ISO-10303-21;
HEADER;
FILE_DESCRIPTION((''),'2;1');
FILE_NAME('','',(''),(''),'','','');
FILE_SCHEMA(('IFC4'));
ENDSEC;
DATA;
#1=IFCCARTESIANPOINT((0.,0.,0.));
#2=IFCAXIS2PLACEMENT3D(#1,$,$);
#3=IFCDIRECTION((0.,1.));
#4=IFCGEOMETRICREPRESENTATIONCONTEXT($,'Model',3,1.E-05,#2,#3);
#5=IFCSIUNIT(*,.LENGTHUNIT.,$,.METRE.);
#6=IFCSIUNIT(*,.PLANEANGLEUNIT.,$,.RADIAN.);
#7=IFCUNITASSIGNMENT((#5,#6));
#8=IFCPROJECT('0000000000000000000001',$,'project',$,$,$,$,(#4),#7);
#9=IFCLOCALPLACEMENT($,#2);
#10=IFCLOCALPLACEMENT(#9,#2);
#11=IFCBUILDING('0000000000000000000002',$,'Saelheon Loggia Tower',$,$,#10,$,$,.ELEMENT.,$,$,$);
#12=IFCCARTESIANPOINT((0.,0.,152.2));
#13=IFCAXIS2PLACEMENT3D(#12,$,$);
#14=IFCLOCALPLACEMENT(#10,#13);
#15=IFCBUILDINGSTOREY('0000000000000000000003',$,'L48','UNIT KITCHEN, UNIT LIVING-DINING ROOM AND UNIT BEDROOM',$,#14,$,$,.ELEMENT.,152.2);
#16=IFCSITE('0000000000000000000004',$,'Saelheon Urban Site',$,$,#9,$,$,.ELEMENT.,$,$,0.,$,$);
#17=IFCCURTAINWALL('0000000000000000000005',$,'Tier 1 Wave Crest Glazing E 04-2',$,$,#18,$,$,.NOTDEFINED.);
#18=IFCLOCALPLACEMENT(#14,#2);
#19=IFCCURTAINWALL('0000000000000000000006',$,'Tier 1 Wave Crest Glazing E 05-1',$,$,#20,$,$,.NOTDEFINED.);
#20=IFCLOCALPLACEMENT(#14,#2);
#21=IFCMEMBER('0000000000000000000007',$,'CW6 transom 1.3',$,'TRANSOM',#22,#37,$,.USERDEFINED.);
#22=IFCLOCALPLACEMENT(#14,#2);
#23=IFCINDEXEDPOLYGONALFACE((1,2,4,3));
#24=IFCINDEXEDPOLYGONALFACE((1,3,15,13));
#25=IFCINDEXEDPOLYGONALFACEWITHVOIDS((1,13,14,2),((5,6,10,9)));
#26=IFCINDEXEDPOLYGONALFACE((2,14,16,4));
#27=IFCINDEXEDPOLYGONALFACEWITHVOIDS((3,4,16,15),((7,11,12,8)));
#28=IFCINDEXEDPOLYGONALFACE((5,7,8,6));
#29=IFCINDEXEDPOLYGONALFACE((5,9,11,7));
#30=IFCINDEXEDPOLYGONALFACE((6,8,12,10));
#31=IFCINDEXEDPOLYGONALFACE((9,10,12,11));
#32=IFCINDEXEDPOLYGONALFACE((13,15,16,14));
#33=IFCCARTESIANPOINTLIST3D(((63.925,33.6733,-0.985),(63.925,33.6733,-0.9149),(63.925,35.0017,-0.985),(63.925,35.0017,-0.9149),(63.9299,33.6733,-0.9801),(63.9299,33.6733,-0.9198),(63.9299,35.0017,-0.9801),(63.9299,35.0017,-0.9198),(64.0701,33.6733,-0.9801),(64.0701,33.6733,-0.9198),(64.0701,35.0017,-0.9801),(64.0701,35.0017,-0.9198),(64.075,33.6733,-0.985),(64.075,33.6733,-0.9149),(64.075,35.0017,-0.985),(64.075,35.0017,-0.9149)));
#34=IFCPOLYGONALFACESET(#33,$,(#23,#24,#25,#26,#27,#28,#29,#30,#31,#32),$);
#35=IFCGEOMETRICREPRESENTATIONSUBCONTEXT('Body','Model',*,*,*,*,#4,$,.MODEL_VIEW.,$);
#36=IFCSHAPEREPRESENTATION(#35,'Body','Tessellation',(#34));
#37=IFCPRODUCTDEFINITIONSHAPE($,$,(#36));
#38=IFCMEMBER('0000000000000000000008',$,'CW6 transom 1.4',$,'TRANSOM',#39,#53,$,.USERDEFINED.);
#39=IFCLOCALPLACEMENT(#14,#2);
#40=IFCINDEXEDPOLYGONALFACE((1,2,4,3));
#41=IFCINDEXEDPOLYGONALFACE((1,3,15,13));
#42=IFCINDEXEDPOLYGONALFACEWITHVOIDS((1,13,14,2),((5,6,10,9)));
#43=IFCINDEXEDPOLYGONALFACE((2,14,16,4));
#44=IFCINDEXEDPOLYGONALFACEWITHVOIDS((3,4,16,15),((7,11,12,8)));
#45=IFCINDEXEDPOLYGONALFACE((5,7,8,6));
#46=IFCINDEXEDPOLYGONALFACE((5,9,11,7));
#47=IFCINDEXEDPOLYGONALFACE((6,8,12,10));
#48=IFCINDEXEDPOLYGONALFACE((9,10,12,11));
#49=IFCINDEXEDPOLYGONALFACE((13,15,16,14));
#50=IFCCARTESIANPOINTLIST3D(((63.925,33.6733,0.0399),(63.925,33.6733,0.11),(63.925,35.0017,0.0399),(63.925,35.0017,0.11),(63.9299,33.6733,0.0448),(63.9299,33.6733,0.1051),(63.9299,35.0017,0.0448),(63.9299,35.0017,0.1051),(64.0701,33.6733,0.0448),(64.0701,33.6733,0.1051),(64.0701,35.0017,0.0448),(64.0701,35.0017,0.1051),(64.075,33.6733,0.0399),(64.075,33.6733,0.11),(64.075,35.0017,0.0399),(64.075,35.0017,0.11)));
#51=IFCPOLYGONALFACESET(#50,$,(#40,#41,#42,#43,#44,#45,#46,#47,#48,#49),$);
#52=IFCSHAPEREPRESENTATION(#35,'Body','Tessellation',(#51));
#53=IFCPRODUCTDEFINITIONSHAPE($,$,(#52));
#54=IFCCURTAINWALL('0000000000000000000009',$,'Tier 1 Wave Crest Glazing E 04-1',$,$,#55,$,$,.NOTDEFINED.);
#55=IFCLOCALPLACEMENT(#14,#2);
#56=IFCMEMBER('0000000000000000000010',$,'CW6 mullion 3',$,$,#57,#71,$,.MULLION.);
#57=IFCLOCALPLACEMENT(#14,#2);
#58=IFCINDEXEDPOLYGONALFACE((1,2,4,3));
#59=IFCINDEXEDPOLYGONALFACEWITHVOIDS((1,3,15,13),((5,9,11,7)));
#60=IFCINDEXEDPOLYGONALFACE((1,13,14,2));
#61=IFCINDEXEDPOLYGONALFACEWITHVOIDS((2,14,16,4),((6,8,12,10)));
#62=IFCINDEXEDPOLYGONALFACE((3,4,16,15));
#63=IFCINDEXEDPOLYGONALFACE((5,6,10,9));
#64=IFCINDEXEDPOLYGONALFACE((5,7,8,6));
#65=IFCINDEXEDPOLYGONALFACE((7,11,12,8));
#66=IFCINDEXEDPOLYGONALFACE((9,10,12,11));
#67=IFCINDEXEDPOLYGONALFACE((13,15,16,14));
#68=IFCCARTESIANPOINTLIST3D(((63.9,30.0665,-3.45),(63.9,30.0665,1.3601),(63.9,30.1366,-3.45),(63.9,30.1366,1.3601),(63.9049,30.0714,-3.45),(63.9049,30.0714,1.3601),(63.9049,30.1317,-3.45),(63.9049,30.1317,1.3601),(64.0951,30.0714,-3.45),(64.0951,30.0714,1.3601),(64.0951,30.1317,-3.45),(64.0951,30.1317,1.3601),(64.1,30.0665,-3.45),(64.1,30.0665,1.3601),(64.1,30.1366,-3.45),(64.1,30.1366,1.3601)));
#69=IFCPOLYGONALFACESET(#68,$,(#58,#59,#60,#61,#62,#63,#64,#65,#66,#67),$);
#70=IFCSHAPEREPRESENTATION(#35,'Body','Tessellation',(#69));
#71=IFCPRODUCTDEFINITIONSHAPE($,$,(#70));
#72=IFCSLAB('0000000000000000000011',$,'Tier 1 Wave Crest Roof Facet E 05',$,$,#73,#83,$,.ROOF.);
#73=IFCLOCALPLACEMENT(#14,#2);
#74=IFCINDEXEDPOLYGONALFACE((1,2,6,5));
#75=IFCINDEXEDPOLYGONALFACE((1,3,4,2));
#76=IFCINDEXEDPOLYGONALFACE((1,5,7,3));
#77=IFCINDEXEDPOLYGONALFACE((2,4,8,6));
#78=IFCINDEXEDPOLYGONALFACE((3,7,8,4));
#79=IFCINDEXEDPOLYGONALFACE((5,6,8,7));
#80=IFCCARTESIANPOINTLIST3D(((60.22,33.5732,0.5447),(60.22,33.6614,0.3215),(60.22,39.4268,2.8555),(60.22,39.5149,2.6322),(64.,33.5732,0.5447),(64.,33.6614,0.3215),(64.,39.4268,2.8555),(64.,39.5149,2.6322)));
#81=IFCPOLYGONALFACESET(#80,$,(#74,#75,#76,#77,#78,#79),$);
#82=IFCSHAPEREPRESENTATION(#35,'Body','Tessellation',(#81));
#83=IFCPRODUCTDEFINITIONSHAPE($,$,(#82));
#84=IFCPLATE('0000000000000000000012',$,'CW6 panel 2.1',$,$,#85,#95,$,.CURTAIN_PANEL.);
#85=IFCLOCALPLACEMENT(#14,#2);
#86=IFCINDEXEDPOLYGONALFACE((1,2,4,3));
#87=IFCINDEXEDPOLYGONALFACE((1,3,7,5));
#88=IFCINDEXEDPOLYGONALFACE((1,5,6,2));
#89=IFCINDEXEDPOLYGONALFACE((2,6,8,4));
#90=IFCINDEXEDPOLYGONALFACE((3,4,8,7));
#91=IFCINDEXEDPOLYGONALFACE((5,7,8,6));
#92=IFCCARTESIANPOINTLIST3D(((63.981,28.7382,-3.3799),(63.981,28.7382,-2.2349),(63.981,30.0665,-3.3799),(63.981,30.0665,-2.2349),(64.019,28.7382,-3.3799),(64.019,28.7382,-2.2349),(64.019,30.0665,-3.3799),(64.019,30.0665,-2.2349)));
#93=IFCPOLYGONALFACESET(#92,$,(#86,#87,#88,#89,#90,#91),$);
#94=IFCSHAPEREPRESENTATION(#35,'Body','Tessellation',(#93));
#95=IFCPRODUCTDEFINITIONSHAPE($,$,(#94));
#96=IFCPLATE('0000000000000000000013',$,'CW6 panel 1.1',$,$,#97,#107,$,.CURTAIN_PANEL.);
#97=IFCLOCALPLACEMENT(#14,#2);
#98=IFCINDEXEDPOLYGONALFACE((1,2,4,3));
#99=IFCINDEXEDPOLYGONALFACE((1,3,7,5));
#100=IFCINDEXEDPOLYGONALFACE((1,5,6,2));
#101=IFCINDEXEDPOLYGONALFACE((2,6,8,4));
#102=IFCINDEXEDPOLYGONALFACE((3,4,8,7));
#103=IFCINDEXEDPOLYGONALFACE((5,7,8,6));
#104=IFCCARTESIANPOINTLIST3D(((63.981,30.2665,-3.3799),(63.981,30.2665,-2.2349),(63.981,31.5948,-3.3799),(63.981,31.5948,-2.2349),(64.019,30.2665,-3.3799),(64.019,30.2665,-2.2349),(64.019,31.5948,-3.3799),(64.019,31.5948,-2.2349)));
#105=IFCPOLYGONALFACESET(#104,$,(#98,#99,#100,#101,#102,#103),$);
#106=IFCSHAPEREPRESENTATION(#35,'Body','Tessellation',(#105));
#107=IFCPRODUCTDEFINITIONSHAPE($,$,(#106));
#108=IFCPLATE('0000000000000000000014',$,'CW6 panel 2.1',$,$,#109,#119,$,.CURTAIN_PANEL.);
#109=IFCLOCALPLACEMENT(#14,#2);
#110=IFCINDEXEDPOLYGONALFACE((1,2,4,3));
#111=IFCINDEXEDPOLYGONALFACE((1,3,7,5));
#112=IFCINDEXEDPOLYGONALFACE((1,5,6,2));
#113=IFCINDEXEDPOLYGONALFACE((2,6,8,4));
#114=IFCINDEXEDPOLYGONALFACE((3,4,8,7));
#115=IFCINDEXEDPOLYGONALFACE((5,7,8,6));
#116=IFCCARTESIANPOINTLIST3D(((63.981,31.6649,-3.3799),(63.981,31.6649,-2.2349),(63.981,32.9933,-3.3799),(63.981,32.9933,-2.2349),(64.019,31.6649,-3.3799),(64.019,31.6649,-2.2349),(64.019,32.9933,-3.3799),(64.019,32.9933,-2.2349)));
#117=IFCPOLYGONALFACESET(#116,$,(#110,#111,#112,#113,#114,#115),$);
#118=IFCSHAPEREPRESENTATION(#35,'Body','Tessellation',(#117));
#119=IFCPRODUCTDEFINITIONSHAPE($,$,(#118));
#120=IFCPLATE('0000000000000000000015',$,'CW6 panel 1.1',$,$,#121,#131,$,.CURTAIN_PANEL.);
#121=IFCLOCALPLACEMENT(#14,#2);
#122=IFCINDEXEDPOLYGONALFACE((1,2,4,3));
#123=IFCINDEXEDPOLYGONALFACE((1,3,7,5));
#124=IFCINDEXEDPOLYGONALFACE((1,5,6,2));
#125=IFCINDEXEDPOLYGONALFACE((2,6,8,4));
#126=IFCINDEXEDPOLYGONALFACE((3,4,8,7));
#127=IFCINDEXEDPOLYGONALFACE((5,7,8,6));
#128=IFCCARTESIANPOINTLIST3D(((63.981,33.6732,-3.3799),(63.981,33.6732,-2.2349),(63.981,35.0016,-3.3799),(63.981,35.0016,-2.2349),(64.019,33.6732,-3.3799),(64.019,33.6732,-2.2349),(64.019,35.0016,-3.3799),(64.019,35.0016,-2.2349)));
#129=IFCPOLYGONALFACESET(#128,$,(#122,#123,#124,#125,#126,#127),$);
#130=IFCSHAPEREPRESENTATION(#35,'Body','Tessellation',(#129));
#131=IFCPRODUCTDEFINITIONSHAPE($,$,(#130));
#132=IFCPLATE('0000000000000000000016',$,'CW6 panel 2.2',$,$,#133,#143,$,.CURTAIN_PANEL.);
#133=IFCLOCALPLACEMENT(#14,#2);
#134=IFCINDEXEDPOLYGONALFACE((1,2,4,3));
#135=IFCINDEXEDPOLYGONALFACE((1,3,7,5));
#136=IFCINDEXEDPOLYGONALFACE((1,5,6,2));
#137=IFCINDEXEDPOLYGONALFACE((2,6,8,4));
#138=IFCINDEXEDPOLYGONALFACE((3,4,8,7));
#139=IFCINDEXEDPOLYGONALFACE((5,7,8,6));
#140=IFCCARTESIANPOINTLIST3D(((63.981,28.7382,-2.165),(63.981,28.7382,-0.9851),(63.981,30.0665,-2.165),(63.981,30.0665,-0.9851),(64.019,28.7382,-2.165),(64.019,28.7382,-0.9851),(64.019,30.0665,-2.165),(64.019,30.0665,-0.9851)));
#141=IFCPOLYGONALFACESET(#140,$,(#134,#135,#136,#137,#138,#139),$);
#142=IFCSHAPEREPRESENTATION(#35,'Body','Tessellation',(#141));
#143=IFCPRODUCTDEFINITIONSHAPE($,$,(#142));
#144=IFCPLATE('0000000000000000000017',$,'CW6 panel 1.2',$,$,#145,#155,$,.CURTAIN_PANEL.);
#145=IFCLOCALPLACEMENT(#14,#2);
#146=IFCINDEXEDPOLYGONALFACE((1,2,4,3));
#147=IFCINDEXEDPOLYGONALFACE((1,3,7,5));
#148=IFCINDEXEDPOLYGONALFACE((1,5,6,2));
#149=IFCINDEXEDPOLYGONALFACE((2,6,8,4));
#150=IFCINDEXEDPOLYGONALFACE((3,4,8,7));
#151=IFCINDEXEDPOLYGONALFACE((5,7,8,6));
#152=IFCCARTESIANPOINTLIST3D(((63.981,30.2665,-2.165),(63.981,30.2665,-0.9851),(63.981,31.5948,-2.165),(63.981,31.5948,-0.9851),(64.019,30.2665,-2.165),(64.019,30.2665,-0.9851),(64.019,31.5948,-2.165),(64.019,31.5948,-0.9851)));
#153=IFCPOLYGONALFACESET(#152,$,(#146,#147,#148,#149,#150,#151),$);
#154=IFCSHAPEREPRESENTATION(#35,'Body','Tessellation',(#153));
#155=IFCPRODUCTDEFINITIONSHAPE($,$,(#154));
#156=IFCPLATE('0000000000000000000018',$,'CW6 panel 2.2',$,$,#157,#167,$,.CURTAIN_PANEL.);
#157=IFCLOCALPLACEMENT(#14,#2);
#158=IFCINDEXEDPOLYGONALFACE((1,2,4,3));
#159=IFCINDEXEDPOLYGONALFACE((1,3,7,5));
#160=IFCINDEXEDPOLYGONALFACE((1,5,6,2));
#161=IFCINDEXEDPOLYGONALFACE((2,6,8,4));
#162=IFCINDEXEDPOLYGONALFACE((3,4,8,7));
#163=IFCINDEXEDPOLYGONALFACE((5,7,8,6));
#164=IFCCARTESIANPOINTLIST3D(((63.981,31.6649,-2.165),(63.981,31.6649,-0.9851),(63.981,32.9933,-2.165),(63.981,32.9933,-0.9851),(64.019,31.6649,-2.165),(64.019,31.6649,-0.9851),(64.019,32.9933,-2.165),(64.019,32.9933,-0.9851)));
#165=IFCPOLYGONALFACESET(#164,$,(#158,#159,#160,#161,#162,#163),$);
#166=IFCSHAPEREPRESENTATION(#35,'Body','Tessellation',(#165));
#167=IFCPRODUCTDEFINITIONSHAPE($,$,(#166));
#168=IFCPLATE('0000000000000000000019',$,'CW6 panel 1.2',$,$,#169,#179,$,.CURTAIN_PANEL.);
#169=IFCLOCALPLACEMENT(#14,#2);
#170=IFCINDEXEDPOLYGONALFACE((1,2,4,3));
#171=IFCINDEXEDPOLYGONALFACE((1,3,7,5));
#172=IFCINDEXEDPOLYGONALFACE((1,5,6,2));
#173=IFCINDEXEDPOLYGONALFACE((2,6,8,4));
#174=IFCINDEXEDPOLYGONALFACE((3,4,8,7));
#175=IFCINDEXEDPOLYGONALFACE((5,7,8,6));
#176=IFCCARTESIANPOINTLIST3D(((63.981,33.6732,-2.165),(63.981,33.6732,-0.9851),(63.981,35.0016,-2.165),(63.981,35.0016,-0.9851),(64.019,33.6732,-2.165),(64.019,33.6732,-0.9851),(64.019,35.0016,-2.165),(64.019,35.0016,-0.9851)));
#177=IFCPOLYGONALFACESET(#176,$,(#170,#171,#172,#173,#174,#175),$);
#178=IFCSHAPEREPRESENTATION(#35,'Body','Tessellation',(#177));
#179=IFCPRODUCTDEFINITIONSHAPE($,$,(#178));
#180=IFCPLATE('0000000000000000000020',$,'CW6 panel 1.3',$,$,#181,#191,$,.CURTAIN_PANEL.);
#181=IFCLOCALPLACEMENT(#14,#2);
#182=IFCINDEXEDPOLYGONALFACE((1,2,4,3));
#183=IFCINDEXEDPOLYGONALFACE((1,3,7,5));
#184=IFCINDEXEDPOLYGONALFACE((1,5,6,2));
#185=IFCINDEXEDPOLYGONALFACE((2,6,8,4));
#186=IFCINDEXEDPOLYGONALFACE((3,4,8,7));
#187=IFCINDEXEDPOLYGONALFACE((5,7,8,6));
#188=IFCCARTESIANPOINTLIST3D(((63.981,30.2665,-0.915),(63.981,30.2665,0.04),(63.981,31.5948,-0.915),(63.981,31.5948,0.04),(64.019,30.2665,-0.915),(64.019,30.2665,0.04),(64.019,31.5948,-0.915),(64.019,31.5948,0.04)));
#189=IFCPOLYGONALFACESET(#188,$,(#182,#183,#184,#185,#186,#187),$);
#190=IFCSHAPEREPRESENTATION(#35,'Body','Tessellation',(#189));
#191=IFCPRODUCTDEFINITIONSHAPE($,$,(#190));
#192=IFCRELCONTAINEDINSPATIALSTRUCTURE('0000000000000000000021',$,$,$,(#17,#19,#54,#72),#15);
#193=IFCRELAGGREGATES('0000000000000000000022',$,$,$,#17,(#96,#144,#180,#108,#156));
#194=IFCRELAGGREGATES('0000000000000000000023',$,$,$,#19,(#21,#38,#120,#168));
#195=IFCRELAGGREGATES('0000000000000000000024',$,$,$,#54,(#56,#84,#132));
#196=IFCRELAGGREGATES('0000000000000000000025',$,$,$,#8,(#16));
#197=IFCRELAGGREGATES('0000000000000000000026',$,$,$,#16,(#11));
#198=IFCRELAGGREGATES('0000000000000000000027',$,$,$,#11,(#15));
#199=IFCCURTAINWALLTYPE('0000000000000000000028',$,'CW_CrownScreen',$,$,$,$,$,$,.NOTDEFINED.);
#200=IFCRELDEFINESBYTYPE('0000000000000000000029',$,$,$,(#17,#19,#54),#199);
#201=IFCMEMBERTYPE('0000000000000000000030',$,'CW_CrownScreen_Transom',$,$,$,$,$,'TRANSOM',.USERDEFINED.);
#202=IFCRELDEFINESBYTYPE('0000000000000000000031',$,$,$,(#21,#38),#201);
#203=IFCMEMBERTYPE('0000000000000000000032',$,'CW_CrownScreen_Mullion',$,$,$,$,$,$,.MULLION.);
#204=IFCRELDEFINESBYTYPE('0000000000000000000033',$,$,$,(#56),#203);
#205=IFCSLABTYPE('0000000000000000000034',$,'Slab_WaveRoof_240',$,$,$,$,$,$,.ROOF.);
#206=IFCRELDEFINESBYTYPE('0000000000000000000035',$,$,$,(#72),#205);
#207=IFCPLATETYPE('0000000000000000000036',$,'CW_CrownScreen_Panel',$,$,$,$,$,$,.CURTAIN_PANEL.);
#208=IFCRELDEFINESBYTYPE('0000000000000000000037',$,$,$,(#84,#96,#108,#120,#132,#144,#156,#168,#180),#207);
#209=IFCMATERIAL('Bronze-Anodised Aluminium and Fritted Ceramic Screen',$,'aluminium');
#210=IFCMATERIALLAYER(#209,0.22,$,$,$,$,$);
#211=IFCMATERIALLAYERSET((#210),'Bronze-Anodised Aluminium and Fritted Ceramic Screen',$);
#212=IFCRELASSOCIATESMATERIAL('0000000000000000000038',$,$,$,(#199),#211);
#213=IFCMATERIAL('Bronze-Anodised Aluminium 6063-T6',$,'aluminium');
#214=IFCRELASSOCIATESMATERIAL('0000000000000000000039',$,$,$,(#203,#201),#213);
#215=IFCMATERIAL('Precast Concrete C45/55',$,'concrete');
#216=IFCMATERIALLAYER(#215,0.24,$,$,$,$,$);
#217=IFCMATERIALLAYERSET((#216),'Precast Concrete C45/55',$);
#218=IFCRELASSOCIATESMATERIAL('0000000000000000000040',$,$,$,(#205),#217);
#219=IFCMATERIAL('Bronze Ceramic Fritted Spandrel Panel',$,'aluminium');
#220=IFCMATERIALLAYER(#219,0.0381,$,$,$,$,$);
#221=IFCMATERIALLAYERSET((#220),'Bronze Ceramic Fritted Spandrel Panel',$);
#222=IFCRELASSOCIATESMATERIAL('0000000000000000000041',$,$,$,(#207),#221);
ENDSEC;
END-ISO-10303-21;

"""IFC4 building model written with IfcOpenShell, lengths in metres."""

from ifc_helpers import new_model, si_unit, direction, frame, origin, origin_2d, place, context, subcontext, project, spatial, polyline, rectangle, hollow_rectangle, outline, extrude, source, transform, mapped, material, layer, layer_set, material_profile, profile_set, type_object, element, aggregate, save


model = new_model("IFC4")

# Units and contexts
model_context = context("Model", 3, precision=1e-05, world=origin(), true_north=direction((0.0, 1.0)))
body_context = subcontext(model_context, "Body", "Model", "MODEL_VIEW")
ifc_project = project(units=[si_unit("LENGTHUNIT", "METRE"), si_unit("PLANEANGLEUNIT", "RADIAN")], contexts=[model_context])

# Site, building, storey
site_placement = place(None, origin())
site = spatial("IfcSite", under=ifc_project, at=site_placement, Name="Saelheon Urban Site", CompositionType="ELEMENT", RefElevation=0.0)
building_placement = place(site_placement, origin())
building = spatial("IfcBuilding", under=site, at=building_placement, Name="Saelheon Loggia Tower", CompositionType="ELEMENT")
storey_placement = place(building_placement, frame((0.0, 0.0, 152.2)))
storey = spatial("IfcBuildingStorey", under=building, at=storey_placement, Name="L48", Description="UNIT KITCHEN, UNIT LIVING-DINING ROOM AND UNIT BEDROOM", CompositionType="ELEMENT", Elevation=152.2)

# Curtain wall
ifc_material_1 = material(Name="Bronze-Anodised Aluminium and Fritted Ceramic Screen", Category="aluminium")
ifc_layer_1 = layer(ifc_material_1, 0.22)
ifc_layer_set_1 = layer_set([ifc_layer_1], Name="Bronze-Anodised Aluminium and Fritted Ceramic Screen")
curtain_wall_type = type_object("IfcCurtainWallType", Name="CW_CrownScreen", PredefinedType="NOTDEFINED", material=ifc_layer_set_1)
curtain_wall_1_placement = place(storey_placement, origin())
curtain_wall_1 = element("IfcCurtainWall", 1, at=curtain_wall_1_placement, inside=storey, type_object=curtain_wall_type, Name="Tier 1 Wave Crest Glazing E 04-2", PredefinedType="NOTDEFINED")
ifc_material_2 = material(Name="Bronze-Anodised Aluminium 6063-T6", Category="aluminium")
ifc_material_profile_1 = material_profile(ifc_material_2, hollow_rectangle(XDim=0.0701, YDim=0.2, WallThickness=0.0049, at=origin_2d()), Name="RHS-200x70x5")
ifc_profile_set_1 = profile_set([ifc_material_profile_1], Name="Bronze-Anodised Aluminium 6063-T6")
member_type_1 = type_object("IfcMemberType", Name="CW_CrownScreen_Mullion", PredefinedType="MULLION", material=ifc_profile_set_1)

# Curtain wall
curtain_wall_2_placement = place(storey_placement, origin())
curtain_wall_2 = element("IfcCurtainWall", 2, at=curtain_wall_2_placement, inside=storey, type_object=curtain_wall_type, Name="Tier 1 Wave Crest Glazing E 05-1", PredefinedType="NOTDEFINED")

# Members
ifc_material_profile_2 = material_profile(ifc_material_2, hollow_rectangle(XDim=0.0701, YDim=0.1499, WallThickness=0.0049, at=origin_2d()), Name="RHS-150x70x5")
ifc_profile_set_2 = profile_set([ifc_material_profile_2], Name="Bronze-Anodised Aluminium 6063-T6")
member_type_2 = type_object("IfcMemberType", Name="CW_CrownScreen_Transom", ElementType="TRANSOM", PredefinedType="USERDEFINED", material=ifc_profile_set_2)
shared_shape_1 = source(origin(), body_context, "Body", "SweptSolid", [
    extrude(hollow_rectangle(XDim=0.0701, YDim=0.1499, WallThickness=0.0049, at=origin_2d()), origin(), (0.0, 0.0, 1.0), 1.3284),
])
member_1_placement = place(storey_placement, frame((64.0, 33.6733, -0.95), z_axis=(0.0, 1.0, 0.0), x_axis=(0.0, 0.0, 1.0)))
member_1 = element("IfcMember", 3, at=member_1_placement, type_object=member_type_2, Name="CW6 transom 1.3", ObjectType="TRANSOM", PredefinedType="USERDEFINED", context=body_context, shape_type="MappedRepresentation", body=[
    mapped(shared_shape_1, transform((0.0, 0.0, 0.0), scale=1.0)),
])
member_2_placement = place(storey_placement, frame((64.0, 33.6733, 0.075), z_axis=(0.0, 1.0, 0.0), x_axis=(0.0, 0.0, 1.0)))
member_2 = element("IfcMember", 4, at=member_2_placement, type_object=member_type_2, Name="CW6 transom 1.4", ObjectType="TRANSOM", PredefinedType="USERDEFINED", context=body_context, shape_type="MappedRepresentation", body=[
    mapped(shared_shape_1, transform((0.0, 0.0, 0.0), scale=1.0)),
])

# Curtain wall, member
curtain_wall_3_placement = place(storey_placement, origin())
curtain_wall_3 = element("IfcCurtainWall", 5, at=curtain_wall_3_placement, inside=storey, type_object=curtain_wall_type, Name="Tier 1 Wave Crest Glazing E 04-1", PredefinedType="NOTDEFINED")
shared_shape_2 = source(origin(), body_context, "Body", "SweptSolid", [
    extrude(hollow_rectangle(XDim=0.0701, YDim=0.2, WallThickness=0.0049, at=origin_2d()), origin(), (0.0, 0.0, 1.0), 4.8101),
])
member_3_placement = place(storey_placement, frame((64.0, 30.1016, -3.45), z_axis=(0.0, 0.0, 1.0), x_axis=(0.0, 1.0, 0.0)))
member_3 = element("IfcMember", 6, at=member_3_placement, type_object=member_type_1, Name="CW6 mullion 3", PredefinedType="MULLION", context=body_context, shape_type="MappedRepresentation", body=[
    mapped(shared_shape_2, transform((0.0, 0.0, 0.0), scale=1.0)),
])

# Slab
ifc_material_3 = material(Name="Precast Concrete C45/55", Category="concrete")
ifc_layer_2 = layer(ifc_material_3, 0.24)
ifc_layer_set_2 = layer_set([ifc_layer_2], Name="Precast Concrete C45/55")
slab_type = type_object("IfcSlabType", Name="Slab_WaveRoof_240", PredefinedType="ROOF", material=ifc_layer_set_2)
slab_placement = place(storey_placement, frame((60.22, 33.5732, 0.5447), z_axis=(0.0, -0.367193, 0.930145), x_axis=(1.0, 0.0, 0.0)))
element("IfcSlab", 7, at=slab_placement, inside=storey, type_object=slab_type, Name="Tier 1 Wave Crest Roof Facet E 05", PredefinedType="ROOF", context=body_context, shape_type="SweptSolid", body=[
    extrude(outline(polyline([(0.0, 0.0), (3.78, 0.0), (3.78, 6.2931), (0.0, 6.2931), (0.0, 0.0)])), origin(), (0.0, 0.0, -1.0), 0.24),
])

# Plates
ifc_material_4 = material(Name="Bronze Ceramic Fritted Spandrel Panel", Category="aluminium")
ifc_layer_3 = layer(ifc_material_4, 0.0381)
ifc_layer_set_3 = layer_set([ifc_layer_3], Name="Bronze Ceramic Fritted Spandrel Panel")
plate_type = type_object("IfcPlateType", Name="CW_CrownScreen_Panel", PredefinedType="CURTAIN_PANEL", material=ifc_layer_set_3)
shared_shape_3 = source(origin(), body_context, "Body", "SweptSolid", [
    extrude(rectangle(XDim=1.3284, YDim=0.0381, at=origin_2d()), origin(), (0.0, 0.0, 1.0), 1.145),
])
plate_1_placement = place(storey_placement, frame((64.0, 29.4023, -3.3799), z_axis=(0.0, 0.0, 1.0), x_axis=(0.0, 1.0, 0.0)))
plate_1 = element("IfcPlate", 8, at=plate_1_placement, type_object=plate_type, Name="CW6 panel 2.1", PredefinedType="CURTAIN_PANEL", context=body_context, shape_type="MappedRepresentation", body=[
    mapped(shared_shape_3, transform((0.0, 0.0, 0.0), scale=1.0)),
])
plate_2_placement = place(storey_placement, frame((64.0, 30.9307, -3.3799), z_axis=(0.0, 0.0, 1.0), x_axis=(0.0, 1.0, 0.0)))
plate_2 = element("IfcPlate", 9, at=plate_2_placement, type_object=plate_type, Name="CW6 panel 1.1", PredefinedType="CURTAIN_PANEL", context=body_context, shape_type="MappedRepresentation", body=[
    mapped(shared_shape_3, transform((0.0, 0.0, 0.0), scale=1.0)),
])
plate_3_placement = place(storey_placement, frame((64.0, 32.3291, -3.3799), z_axis=(0.0, 0.0, 1.0), x_axis=(0.0, 1.0, 0.0)))
plate_3 = element("IfcPlate", 10, at=plate_3_placement, type_object=plate_type, Name="CW6 panel 2.1", PredefinedType="CURTAIN_PANEL", context=body_context, shape_type="MappedRepresentation", body=[
    mapped(shared_shape_3, transform((0.0, 0.0, 0.0), scale=1.0)),
])
plate_4_placement = place(storey_placement, frame((64.0, 34.3374, -3.3799), z_axis=(0.0, 0.0, 1.0), x_axis=(0.0, 1.0, 0.0)))
plate_4 = element("IfcPlate", 11, at=plate_4_placement, type_object=plate_type, Name="CW6 panel 1.1", PredefinedType="CURTAIN_PANEL", context=body_context, shape_type="MappedRepresentation", body=[
    mapped(shared_shape_3, transform((0.0, 0.0, 0.0), scale=1.0)),
])
shared_shape_4 = source(origin(), body_context, "Body", "SweptSolid", [
    extrude(rectangle(XDim=1.3284, YDim=0.0381, at=origin_2d()), origin(), (0.0, 0.0, 1.0), 1.1799),
])
plate_5_placement = place(storey_placement, frame((64.0, 29.4023, -2.165), z_axis=(0.0, 0.0, 1.0), x_axis=(0.0, 1.0, 0.0)))
plate_5 = element("IfcPlate", 12, at=plate_5_placement, type_object=plate_type, Name="CW6 panel 2.2", PredefinedType="CURTAIN_PANEL", context=body_context, shape_type="MappedRepresentation", body=[
    mapped(shared_shape_4, transform((0.0, 0.0, 0.0), scale=1.0)),
])
plate_6_placement = place(storey_placement, frame((64.0, 30.9307, -2.165), z_axis=(0.0, 0.0, 1.0), x_axis=(0.0, 1.0, 0.0)))
plate_6 = element("IfcPlate", 13, at=plate_6_placement, type_object=plate_type, Name="CW6 panel 1.2", PredefinedType="CURTAIN_PANEL", context=body_context, shape_type="MappedRepresentation", body=[
    mapped(shared_shape_4, transform((0.0, 0.0, 0.0), scale=1.0)),
])
plate_7_placement = place(storey_placement, frame((64.0, 32.3291, -2.165), z_axis=(0.0, 0.0, 1.0), x_axis=(0.0, 1.0, 0.0)))
plate_7 = element("IfcPlate", 14, at=plate_7_placement, type_object=plate_type, Name="CW6 panel 2.2", PredefinedType="CURTAIN_PANEL", context=body_context, shape_type="MappedRepresentation", body=[
    mapped(shared_shape_4, transform((0.0, 0.0, 0.0), scale=1.0)),
])
plate_8_placement = place(storey_placement, frame((64.0, 34.3374, -2.165), z_axis=(0.0, 0.0, 1.0), x_axis=(0.0, 1.0, 0.0)))
plate_8 = element("IfcPlate", 15, at=plate_8_placement, type_object=plate_type, Name="CW6 panel 1.2", PredefinedType="CURTAIN_PANEL", context=body_context, shape_type="MappedRepresentation", body=[
    mapped(shared_shape_4, transform((0.0, 0.0, 0.0), scale=1.0)),
])
shared_shape_5 = source(origin(), body_context, "Body", "SweptSolid", [
    extrude(rectangle(XDim=1.3284, YDim=0.0381, at=origin_2d()), origin(), (0.0, 0.0, 1.0), 0.9551),
])
plate_9_placement = place(storey_placement, frame((64.0, 30.9307, -0.915), z_axis=(0.0, 0.0, 1.0), x_axis=(0.0, 1.0, 0.0)))
plate_9 = element("IfcPlate", 16, at=plate_9_placement, type_object=plate_type, Name="CW6 panel 1.3", PredefinedType="CURTAIN_PANEL", context=body_context, shape_type="MappedRepresentation", body=[
    mapped(shared_shape_5, transform((0.0, 0.0, 0.0), scale=1.0)),
])
aggregate(curtain_wall_1, [plate_2, plate_6, plate_9, plate_3, plate_7])
aggregate(curtain_wall_2, [member_1, member_2, plate_4, plate_8])
aggregate(curtain_wall_3, [member_3, plate_1, plate_5])

save(model, "model.ifc")
